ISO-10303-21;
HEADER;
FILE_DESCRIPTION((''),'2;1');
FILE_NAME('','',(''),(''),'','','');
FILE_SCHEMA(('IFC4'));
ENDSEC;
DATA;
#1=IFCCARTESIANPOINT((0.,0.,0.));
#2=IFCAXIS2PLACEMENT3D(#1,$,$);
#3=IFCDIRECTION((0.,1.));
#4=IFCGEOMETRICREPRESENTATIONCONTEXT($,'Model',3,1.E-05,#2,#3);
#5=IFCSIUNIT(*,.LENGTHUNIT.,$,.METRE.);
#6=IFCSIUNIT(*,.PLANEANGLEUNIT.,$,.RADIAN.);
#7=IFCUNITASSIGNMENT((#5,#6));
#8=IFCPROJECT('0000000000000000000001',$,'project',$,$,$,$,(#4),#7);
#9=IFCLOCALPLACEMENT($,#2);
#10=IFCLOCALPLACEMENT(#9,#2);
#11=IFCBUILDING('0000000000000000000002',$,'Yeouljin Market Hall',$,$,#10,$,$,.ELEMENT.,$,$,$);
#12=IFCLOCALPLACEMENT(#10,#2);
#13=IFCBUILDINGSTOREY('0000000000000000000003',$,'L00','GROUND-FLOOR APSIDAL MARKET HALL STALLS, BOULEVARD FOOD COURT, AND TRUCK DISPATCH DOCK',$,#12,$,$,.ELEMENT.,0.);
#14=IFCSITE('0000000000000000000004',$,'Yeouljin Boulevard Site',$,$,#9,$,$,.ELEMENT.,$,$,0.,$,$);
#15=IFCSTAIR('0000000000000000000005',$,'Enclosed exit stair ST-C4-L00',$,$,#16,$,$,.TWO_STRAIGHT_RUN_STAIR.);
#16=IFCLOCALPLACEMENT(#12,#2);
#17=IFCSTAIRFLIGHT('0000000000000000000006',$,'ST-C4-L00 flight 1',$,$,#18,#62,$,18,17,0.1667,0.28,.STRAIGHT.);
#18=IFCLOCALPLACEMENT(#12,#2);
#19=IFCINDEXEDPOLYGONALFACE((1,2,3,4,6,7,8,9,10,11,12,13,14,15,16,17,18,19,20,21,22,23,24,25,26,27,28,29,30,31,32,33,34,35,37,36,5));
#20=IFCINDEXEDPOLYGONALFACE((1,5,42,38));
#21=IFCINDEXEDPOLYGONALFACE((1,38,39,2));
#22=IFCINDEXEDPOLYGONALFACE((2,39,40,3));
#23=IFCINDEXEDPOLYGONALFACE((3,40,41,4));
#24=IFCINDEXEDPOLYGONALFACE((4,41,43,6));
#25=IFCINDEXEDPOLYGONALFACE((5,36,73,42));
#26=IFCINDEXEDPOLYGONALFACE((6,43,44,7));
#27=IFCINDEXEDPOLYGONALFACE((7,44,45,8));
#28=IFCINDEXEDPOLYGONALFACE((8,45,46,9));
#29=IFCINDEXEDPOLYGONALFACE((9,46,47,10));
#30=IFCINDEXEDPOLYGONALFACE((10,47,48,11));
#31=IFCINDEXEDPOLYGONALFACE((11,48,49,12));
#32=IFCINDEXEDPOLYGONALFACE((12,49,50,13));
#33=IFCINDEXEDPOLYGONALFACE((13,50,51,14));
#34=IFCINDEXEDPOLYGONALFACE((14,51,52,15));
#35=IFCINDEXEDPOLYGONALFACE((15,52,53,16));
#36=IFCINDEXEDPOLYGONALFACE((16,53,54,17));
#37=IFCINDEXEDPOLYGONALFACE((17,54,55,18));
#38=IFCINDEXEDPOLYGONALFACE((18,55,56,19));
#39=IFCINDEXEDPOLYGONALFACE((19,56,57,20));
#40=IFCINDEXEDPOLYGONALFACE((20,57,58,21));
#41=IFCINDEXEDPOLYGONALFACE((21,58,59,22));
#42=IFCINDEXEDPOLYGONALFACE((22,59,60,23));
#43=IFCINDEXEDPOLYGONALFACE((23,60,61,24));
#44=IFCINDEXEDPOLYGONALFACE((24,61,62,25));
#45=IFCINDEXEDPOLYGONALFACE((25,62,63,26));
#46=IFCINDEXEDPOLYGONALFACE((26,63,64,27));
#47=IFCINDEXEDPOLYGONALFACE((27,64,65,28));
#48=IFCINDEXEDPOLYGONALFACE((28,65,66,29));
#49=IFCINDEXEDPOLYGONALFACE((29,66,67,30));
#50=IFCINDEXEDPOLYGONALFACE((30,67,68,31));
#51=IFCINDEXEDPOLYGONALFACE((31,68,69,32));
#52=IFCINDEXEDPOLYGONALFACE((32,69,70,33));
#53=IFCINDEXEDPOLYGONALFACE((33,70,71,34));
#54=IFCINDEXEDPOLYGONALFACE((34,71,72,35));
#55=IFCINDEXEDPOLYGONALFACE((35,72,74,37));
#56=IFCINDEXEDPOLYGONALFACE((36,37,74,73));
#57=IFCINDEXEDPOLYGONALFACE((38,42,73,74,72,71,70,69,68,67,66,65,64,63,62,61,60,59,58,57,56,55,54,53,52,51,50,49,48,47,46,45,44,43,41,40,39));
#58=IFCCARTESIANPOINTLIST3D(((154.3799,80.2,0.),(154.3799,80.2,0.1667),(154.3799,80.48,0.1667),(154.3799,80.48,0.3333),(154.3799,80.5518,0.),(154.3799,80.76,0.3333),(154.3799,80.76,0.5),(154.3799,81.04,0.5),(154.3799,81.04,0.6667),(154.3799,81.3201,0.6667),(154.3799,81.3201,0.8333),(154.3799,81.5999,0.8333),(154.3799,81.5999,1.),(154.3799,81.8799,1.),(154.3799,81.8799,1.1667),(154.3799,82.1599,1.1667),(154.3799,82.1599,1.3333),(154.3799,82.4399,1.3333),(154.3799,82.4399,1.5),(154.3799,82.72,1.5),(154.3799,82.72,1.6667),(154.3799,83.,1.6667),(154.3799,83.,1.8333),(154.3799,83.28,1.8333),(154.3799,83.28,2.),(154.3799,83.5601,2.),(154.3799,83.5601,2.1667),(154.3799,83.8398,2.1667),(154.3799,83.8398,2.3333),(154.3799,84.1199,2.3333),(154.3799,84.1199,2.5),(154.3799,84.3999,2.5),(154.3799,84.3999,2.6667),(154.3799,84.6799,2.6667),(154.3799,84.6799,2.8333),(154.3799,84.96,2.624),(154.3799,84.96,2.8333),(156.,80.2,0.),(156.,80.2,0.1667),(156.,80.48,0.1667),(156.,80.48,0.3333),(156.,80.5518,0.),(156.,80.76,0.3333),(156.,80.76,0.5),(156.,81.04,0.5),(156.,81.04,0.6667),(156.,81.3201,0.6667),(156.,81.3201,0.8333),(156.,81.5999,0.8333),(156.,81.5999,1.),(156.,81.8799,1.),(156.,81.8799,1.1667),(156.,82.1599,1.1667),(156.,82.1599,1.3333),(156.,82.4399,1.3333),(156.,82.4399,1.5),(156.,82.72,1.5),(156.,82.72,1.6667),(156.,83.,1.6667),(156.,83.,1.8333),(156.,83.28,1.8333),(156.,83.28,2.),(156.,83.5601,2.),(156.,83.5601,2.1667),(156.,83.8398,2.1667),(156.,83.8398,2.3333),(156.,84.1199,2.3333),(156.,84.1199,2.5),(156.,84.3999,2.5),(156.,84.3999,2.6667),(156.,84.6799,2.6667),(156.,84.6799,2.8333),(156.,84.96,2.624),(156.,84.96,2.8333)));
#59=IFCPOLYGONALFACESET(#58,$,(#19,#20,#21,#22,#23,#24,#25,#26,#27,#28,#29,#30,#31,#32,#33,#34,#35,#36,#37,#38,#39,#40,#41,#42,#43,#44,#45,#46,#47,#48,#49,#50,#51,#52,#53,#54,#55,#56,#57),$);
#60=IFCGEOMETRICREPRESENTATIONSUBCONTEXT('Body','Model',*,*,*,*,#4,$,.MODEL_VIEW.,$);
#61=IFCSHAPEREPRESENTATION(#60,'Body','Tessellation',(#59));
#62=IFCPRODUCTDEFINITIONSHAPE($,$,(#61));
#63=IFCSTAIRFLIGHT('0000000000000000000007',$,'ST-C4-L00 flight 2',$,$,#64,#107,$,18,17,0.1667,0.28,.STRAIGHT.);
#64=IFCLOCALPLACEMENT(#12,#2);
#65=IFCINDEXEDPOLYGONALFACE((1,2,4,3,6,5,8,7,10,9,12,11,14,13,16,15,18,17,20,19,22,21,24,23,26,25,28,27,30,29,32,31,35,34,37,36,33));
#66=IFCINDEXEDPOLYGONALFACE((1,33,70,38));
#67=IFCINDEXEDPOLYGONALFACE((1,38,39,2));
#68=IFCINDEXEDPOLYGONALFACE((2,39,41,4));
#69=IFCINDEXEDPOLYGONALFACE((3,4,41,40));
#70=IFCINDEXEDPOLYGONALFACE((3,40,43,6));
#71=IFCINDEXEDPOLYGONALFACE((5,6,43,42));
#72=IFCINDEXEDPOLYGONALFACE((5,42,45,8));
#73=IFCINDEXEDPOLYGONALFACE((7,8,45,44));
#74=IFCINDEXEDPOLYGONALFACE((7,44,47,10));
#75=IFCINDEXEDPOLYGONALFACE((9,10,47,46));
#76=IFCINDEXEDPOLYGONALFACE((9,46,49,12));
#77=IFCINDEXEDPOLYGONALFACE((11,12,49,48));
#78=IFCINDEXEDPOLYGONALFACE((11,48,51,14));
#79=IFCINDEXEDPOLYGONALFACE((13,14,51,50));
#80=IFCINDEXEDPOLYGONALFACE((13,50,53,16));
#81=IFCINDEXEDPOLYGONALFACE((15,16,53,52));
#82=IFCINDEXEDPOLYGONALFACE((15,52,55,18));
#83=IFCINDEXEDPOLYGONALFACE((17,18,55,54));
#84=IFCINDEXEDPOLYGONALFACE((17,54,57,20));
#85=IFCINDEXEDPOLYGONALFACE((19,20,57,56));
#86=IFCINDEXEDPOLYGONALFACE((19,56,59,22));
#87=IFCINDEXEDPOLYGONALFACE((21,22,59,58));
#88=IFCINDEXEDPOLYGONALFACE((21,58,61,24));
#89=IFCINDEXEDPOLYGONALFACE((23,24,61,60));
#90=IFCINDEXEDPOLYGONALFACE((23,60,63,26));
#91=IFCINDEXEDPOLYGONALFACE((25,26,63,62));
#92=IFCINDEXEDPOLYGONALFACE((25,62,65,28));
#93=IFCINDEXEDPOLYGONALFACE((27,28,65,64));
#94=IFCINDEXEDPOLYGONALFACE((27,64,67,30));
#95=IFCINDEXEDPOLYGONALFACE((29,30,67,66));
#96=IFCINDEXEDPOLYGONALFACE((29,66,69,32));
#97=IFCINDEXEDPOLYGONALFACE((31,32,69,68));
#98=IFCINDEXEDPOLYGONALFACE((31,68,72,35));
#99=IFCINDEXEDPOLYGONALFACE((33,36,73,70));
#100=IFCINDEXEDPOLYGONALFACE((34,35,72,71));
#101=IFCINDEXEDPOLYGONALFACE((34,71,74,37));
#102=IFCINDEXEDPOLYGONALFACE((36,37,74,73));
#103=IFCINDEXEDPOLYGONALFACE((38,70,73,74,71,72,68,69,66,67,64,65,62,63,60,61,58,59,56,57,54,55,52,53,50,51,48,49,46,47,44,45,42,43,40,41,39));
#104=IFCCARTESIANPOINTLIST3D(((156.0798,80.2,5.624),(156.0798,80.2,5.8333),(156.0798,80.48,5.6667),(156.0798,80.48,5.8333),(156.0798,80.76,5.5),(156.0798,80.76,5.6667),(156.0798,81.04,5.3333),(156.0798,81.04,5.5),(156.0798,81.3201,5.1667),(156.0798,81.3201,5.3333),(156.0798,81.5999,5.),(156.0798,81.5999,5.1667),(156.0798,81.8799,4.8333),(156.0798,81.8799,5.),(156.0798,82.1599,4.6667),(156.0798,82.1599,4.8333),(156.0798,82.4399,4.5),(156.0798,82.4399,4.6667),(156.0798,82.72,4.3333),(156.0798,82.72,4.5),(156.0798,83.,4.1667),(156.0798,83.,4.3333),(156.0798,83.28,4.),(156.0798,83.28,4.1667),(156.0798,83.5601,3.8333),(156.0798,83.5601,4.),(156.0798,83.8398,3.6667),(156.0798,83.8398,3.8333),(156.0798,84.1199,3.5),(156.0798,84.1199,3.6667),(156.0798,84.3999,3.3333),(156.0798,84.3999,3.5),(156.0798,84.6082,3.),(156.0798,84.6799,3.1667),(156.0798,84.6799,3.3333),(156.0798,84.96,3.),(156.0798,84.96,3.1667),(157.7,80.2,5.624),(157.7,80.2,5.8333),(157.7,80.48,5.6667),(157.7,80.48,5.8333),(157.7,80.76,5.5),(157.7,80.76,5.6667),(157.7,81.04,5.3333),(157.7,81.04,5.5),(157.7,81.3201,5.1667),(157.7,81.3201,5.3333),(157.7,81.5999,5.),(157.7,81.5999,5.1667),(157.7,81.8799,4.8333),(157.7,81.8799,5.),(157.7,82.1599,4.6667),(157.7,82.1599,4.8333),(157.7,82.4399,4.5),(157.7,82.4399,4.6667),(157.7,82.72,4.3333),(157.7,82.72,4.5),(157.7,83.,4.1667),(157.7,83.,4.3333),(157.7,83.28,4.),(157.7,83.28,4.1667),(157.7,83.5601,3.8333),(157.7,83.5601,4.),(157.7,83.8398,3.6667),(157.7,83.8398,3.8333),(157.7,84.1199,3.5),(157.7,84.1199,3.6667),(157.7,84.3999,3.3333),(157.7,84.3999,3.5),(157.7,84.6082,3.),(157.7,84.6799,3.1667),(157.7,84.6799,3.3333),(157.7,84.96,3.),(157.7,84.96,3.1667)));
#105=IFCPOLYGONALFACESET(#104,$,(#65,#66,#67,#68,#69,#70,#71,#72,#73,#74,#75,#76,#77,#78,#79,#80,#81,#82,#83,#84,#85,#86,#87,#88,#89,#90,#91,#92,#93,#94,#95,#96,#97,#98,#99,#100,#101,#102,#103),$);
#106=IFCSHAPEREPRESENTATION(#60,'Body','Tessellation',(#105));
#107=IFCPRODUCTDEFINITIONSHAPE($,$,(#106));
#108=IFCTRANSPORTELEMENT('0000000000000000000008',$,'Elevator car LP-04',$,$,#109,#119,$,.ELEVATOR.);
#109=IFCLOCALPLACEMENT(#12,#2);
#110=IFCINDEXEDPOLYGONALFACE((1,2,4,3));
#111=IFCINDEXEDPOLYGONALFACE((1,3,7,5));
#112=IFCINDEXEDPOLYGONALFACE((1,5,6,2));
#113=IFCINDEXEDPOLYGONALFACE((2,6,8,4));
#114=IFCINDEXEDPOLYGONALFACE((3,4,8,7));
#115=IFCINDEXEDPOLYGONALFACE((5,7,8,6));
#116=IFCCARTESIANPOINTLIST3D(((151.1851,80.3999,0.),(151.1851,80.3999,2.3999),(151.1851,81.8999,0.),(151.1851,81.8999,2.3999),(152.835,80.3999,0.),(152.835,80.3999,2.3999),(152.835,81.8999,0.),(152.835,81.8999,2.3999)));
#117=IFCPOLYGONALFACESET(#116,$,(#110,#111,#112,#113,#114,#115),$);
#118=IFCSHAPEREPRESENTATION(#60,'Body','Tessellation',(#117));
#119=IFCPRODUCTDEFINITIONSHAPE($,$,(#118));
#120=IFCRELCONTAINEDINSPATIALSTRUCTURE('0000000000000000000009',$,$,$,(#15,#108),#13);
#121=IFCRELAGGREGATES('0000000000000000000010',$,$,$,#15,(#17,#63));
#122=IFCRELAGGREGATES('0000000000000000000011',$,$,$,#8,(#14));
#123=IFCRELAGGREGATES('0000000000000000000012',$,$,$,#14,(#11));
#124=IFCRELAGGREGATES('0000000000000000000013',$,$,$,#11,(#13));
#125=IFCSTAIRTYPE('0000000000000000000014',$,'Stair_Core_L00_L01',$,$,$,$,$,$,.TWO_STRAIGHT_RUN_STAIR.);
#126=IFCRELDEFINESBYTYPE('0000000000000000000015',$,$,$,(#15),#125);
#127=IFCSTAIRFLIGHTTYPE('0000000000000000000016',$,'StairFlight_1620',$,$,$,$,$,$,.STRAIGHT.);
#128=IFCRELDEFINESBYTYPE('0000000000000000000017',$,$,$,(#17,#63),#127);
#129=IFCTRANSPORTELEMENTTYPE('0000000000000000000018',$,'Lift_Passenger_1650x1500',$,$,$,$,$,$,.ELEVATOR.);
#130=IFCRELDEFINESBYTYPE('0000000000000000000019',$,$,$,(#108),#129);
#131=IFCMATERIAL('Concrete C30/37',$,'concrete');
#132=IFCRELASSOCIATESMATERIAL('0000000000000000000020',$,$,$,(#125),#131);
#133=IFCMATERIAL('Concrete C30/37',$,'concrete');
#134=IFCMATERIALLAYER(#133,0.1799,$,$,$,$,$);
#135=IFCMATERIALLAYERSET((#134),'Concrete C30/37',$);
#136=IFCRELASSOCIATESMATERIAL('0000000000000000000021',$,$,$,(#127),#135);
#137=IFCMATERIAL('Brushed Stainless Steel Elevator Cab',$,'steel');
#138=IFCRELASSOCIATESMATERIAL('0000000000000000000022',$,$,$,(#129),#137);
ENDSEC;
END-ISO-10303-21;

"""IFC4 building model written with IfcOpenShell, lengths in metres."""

from ifc_helpers import new_model, si_unit, direction, frame, origin, origin_2d, place, context, subcontext, project, spatial, polyline, rectangle, outline, extrude, material, layer, layer_set, type_object, element, aggregate, save


model = new_model("IFC4")

# Units and contexts
model_context = context("Model", 3, precision=1e-05, world=origin(), true_north=direction((0.0, 1.0)))
body_context = subcontext(model_context, "Body", "Model", "MODEL_VIEW")
ifc_project = project(units=[si_unit("LENGTHUNIT", "METRE"), si_unit("PLANEANGLEUNIT", "RADIAN")], contexts=[model_context])

# Site, building, storey
site_placement = place(None, origin())
site = spatial("IfcSite", under=ifc_project, at=site_placement, Name="Yeouljin Boulevard Site", CompositionType="ELEMENT", RefElevation=0.0)
building_placement = place(site_placement, origin())
building = spatial("IfcBuilding", under=site, at=building_placement, Name="Yeouljin Market Hall", CompositionType="ELEMENT")
storey_placement = place(building_placement, origin())
storey = spatial("IfcBuildingStorey", under=building, at=storey_placement, Name="L00", Description="GROUND-FLOOR APSIDAL MARKET HALL STALLS, BOULEVARD FOOD COURT, AND TRUCK DISPATCH DOCK", CompositionType="ELEMENT", Elevation=0.0)

# Stair, stair flights
ifc_material_1 = material(Name="Concrete C30/37", Category="concrete")
stair_type = type_object("IfcStairType", Name="Stair_Core_L00_L01", PredefinedType="TWO_STRAIGHT_RUN_STAIR", material=ifc_material_1)
stair_placement = place(storey_placement, origin())
stair = element("IfcStair", 1, at=stair_placement, inside=storey, type_object=stair_type, Name="Enclosed exit stair ST-C4-L00", PredefinedType="TWO_STRAIGHT_RUN_STAIR")
ifc_material_2 = material(Name="Concrete C30/37", Category="concrete")
ifc_layer_1 = layer(ifc_material_2, 0.1799)
ifc_layer_set_1 = layer_set([ifc_layer_1], Name="Concrete C30/37")
stair_flight_type = type_object("IfcStairFlightType", Name="StairFlight_1620", PredefinedType="STRAIGHT", material=ifc_layer_set_1)
stair_flight_1_placement = place(storey_placement, frame((155.1899, 80.2, 0.0), z_axis=(0.0, 0.0, 1.0), x_axis=(0.0, 1.0, 0.0)))
stair_flight_1 = element("IfcStairFlight", 2, at=stair_flight_1_placement, type_object=stair_flight_type, Name="ST-C4-L00 flight 1", NumberOfRisers=18, NumberOfTreads=17, PredefinedType="STRAIGHT", RiserHeight=0.1667, TreadLength=0.28, context=body_context, shape_type="SweptSolid", body=[
    extrude(outline(polyline([(0.0, 0.0), (0.0, 0.1667), (0.28, 0.1667), (0.28, 0.3333), (0.5601, 0.3333), (0.5601, 0.5), (0.8401, 0.5), (0.8401, 0.6667), (1.1201, 0.6667), (1.1201, 0.8333), (1.3999, 0.8333), (1.3999, 1.0), (1.6799, 1.0), (1.6799, 1.1667), (1.96, 1.1667), (1.96, 1.3333), (2.24, 1.3333), (2.24, 1.5), (2.52, 1.5), (2.52, 1.6667), (2.8, 1.6667), (2.8, 1.8333), (3.0801, 1.8333), (3.0801, 2.0), (3.3601, 2.0), (3.3601, 2.1667), (3.6399, 2.1667), (3.6399, 2.3333), (3.9199, 2.3333), (3.9199, 2.5), (4.2, 2.5), (4.2, 2.6667), (4.48, 2.6667), (4.48, 2.8333), (4.76, 2.8333), (4.76, 3.0), (4.76, 2.624), (0.3518, 0.0), (0.0, 0.0)])), frame((0.0, 0.8101, 0.0), z_axis=(0.0, -1.0, 0.0), x_axis=(1.0, 0.0, 0.0)), (0.0, 0.0, 1.0), 1.6201),
])
stair_flight_2_placement = place(storey_placement, frame((156.8899, 84.96, 3.0), z_axis=(0.0, 0.0, 1.0), x_axis=(0.0, -1.0, 0.0)))
stair_flight_2 = element("IfcStairFlight", 3, at=stair_flight_2_placement, type_object=stair_flight_type, Name="ST-C4-L00 flight 2", NumberOfRisers=18, NumberOfTreads=17, PredefinedType="STRAIGHT", RiserHeight=0.1667, TreadLength=0.28, context=body_context, shape_type="SweptSolid", body=[
    extrude(outline(polyline([(0.0, 0.0), (0.0, 0.1667), (0.28, 0.1667), (0.28, 0.3333), (0.5601, 0.3333), (0.5601, 0.5), (0.8401, 0.5), (0.8401, 0.6667), (1.1201, 0.6667), (1.1201, 0.8333), (1.3999, 0.8333), (1.3999, 1.0), (1.6799, 1.0), (1.6799, 1.1667), (1.96, 1.1667), (1.96, 1.3333), (2.24, 1.3333), (2.24, 1.5), (2.52, 1.5), (2.52, 1.6667), (2.8, 1.6667), (2.8, 1.8333), (3.0801, 1.8333), (3.0801, 2.0), (3.3601, 2.0), (3.3601, 2.1667), (3.6399, 2.1667), (3.6399, 2.3333), (3.9199, 2.3333), (3.9199, 2.5), (4.2, 2.5), (4.2, 2.6667), (4.48, 2.6667), (4.48, 2.8333), (4.76, 2.8333), (4.76, 3.0), (4.76, 2.624), (0.3518, 0.0), (0.0, 0.0)])), frame((0.0, 0.8101, 0.0), z_axis=(0.0, -1.0, 0.0), x_axis=(1.0, 0.0, 0.0)), (0.0, 0.0, 1.0), 1.6201),
])
aggregate(stair, [stair_flight_1, stair_flight_2])

# Transport element
ifc_material_3 = material(Name="Brushed Stainless Steel Elevator Cab", Category="steel")
transport_element_type = type_object("IfcTransportElementType", Name="Lift_Passenger_1650x1500", PredefinedType="ELEVATOR", material=ifc_material_3)
transport_element_placement = place(storey_placement, frame((152.01, 81.1499, 0.0), z_axis=(0.0, 0.0, 1.0), x_axis=(1.0, 0.0, 0.0)))
element("IfcTransportElement", 4, at=transport_element_placement, inside=storey, type_object=transport_element_type, Name="Elevator car LP-04", PredefinedType="ELEVATOR", context=body_context, shape_type="SweptSolid", body=[
    extrude(rectangle(XDim=1.6499, YDim=1.5, at=origin_2d()), origin(), (0.0, 0.0, 1.0), 2.3999),
])

save(model, "model.ifc")
